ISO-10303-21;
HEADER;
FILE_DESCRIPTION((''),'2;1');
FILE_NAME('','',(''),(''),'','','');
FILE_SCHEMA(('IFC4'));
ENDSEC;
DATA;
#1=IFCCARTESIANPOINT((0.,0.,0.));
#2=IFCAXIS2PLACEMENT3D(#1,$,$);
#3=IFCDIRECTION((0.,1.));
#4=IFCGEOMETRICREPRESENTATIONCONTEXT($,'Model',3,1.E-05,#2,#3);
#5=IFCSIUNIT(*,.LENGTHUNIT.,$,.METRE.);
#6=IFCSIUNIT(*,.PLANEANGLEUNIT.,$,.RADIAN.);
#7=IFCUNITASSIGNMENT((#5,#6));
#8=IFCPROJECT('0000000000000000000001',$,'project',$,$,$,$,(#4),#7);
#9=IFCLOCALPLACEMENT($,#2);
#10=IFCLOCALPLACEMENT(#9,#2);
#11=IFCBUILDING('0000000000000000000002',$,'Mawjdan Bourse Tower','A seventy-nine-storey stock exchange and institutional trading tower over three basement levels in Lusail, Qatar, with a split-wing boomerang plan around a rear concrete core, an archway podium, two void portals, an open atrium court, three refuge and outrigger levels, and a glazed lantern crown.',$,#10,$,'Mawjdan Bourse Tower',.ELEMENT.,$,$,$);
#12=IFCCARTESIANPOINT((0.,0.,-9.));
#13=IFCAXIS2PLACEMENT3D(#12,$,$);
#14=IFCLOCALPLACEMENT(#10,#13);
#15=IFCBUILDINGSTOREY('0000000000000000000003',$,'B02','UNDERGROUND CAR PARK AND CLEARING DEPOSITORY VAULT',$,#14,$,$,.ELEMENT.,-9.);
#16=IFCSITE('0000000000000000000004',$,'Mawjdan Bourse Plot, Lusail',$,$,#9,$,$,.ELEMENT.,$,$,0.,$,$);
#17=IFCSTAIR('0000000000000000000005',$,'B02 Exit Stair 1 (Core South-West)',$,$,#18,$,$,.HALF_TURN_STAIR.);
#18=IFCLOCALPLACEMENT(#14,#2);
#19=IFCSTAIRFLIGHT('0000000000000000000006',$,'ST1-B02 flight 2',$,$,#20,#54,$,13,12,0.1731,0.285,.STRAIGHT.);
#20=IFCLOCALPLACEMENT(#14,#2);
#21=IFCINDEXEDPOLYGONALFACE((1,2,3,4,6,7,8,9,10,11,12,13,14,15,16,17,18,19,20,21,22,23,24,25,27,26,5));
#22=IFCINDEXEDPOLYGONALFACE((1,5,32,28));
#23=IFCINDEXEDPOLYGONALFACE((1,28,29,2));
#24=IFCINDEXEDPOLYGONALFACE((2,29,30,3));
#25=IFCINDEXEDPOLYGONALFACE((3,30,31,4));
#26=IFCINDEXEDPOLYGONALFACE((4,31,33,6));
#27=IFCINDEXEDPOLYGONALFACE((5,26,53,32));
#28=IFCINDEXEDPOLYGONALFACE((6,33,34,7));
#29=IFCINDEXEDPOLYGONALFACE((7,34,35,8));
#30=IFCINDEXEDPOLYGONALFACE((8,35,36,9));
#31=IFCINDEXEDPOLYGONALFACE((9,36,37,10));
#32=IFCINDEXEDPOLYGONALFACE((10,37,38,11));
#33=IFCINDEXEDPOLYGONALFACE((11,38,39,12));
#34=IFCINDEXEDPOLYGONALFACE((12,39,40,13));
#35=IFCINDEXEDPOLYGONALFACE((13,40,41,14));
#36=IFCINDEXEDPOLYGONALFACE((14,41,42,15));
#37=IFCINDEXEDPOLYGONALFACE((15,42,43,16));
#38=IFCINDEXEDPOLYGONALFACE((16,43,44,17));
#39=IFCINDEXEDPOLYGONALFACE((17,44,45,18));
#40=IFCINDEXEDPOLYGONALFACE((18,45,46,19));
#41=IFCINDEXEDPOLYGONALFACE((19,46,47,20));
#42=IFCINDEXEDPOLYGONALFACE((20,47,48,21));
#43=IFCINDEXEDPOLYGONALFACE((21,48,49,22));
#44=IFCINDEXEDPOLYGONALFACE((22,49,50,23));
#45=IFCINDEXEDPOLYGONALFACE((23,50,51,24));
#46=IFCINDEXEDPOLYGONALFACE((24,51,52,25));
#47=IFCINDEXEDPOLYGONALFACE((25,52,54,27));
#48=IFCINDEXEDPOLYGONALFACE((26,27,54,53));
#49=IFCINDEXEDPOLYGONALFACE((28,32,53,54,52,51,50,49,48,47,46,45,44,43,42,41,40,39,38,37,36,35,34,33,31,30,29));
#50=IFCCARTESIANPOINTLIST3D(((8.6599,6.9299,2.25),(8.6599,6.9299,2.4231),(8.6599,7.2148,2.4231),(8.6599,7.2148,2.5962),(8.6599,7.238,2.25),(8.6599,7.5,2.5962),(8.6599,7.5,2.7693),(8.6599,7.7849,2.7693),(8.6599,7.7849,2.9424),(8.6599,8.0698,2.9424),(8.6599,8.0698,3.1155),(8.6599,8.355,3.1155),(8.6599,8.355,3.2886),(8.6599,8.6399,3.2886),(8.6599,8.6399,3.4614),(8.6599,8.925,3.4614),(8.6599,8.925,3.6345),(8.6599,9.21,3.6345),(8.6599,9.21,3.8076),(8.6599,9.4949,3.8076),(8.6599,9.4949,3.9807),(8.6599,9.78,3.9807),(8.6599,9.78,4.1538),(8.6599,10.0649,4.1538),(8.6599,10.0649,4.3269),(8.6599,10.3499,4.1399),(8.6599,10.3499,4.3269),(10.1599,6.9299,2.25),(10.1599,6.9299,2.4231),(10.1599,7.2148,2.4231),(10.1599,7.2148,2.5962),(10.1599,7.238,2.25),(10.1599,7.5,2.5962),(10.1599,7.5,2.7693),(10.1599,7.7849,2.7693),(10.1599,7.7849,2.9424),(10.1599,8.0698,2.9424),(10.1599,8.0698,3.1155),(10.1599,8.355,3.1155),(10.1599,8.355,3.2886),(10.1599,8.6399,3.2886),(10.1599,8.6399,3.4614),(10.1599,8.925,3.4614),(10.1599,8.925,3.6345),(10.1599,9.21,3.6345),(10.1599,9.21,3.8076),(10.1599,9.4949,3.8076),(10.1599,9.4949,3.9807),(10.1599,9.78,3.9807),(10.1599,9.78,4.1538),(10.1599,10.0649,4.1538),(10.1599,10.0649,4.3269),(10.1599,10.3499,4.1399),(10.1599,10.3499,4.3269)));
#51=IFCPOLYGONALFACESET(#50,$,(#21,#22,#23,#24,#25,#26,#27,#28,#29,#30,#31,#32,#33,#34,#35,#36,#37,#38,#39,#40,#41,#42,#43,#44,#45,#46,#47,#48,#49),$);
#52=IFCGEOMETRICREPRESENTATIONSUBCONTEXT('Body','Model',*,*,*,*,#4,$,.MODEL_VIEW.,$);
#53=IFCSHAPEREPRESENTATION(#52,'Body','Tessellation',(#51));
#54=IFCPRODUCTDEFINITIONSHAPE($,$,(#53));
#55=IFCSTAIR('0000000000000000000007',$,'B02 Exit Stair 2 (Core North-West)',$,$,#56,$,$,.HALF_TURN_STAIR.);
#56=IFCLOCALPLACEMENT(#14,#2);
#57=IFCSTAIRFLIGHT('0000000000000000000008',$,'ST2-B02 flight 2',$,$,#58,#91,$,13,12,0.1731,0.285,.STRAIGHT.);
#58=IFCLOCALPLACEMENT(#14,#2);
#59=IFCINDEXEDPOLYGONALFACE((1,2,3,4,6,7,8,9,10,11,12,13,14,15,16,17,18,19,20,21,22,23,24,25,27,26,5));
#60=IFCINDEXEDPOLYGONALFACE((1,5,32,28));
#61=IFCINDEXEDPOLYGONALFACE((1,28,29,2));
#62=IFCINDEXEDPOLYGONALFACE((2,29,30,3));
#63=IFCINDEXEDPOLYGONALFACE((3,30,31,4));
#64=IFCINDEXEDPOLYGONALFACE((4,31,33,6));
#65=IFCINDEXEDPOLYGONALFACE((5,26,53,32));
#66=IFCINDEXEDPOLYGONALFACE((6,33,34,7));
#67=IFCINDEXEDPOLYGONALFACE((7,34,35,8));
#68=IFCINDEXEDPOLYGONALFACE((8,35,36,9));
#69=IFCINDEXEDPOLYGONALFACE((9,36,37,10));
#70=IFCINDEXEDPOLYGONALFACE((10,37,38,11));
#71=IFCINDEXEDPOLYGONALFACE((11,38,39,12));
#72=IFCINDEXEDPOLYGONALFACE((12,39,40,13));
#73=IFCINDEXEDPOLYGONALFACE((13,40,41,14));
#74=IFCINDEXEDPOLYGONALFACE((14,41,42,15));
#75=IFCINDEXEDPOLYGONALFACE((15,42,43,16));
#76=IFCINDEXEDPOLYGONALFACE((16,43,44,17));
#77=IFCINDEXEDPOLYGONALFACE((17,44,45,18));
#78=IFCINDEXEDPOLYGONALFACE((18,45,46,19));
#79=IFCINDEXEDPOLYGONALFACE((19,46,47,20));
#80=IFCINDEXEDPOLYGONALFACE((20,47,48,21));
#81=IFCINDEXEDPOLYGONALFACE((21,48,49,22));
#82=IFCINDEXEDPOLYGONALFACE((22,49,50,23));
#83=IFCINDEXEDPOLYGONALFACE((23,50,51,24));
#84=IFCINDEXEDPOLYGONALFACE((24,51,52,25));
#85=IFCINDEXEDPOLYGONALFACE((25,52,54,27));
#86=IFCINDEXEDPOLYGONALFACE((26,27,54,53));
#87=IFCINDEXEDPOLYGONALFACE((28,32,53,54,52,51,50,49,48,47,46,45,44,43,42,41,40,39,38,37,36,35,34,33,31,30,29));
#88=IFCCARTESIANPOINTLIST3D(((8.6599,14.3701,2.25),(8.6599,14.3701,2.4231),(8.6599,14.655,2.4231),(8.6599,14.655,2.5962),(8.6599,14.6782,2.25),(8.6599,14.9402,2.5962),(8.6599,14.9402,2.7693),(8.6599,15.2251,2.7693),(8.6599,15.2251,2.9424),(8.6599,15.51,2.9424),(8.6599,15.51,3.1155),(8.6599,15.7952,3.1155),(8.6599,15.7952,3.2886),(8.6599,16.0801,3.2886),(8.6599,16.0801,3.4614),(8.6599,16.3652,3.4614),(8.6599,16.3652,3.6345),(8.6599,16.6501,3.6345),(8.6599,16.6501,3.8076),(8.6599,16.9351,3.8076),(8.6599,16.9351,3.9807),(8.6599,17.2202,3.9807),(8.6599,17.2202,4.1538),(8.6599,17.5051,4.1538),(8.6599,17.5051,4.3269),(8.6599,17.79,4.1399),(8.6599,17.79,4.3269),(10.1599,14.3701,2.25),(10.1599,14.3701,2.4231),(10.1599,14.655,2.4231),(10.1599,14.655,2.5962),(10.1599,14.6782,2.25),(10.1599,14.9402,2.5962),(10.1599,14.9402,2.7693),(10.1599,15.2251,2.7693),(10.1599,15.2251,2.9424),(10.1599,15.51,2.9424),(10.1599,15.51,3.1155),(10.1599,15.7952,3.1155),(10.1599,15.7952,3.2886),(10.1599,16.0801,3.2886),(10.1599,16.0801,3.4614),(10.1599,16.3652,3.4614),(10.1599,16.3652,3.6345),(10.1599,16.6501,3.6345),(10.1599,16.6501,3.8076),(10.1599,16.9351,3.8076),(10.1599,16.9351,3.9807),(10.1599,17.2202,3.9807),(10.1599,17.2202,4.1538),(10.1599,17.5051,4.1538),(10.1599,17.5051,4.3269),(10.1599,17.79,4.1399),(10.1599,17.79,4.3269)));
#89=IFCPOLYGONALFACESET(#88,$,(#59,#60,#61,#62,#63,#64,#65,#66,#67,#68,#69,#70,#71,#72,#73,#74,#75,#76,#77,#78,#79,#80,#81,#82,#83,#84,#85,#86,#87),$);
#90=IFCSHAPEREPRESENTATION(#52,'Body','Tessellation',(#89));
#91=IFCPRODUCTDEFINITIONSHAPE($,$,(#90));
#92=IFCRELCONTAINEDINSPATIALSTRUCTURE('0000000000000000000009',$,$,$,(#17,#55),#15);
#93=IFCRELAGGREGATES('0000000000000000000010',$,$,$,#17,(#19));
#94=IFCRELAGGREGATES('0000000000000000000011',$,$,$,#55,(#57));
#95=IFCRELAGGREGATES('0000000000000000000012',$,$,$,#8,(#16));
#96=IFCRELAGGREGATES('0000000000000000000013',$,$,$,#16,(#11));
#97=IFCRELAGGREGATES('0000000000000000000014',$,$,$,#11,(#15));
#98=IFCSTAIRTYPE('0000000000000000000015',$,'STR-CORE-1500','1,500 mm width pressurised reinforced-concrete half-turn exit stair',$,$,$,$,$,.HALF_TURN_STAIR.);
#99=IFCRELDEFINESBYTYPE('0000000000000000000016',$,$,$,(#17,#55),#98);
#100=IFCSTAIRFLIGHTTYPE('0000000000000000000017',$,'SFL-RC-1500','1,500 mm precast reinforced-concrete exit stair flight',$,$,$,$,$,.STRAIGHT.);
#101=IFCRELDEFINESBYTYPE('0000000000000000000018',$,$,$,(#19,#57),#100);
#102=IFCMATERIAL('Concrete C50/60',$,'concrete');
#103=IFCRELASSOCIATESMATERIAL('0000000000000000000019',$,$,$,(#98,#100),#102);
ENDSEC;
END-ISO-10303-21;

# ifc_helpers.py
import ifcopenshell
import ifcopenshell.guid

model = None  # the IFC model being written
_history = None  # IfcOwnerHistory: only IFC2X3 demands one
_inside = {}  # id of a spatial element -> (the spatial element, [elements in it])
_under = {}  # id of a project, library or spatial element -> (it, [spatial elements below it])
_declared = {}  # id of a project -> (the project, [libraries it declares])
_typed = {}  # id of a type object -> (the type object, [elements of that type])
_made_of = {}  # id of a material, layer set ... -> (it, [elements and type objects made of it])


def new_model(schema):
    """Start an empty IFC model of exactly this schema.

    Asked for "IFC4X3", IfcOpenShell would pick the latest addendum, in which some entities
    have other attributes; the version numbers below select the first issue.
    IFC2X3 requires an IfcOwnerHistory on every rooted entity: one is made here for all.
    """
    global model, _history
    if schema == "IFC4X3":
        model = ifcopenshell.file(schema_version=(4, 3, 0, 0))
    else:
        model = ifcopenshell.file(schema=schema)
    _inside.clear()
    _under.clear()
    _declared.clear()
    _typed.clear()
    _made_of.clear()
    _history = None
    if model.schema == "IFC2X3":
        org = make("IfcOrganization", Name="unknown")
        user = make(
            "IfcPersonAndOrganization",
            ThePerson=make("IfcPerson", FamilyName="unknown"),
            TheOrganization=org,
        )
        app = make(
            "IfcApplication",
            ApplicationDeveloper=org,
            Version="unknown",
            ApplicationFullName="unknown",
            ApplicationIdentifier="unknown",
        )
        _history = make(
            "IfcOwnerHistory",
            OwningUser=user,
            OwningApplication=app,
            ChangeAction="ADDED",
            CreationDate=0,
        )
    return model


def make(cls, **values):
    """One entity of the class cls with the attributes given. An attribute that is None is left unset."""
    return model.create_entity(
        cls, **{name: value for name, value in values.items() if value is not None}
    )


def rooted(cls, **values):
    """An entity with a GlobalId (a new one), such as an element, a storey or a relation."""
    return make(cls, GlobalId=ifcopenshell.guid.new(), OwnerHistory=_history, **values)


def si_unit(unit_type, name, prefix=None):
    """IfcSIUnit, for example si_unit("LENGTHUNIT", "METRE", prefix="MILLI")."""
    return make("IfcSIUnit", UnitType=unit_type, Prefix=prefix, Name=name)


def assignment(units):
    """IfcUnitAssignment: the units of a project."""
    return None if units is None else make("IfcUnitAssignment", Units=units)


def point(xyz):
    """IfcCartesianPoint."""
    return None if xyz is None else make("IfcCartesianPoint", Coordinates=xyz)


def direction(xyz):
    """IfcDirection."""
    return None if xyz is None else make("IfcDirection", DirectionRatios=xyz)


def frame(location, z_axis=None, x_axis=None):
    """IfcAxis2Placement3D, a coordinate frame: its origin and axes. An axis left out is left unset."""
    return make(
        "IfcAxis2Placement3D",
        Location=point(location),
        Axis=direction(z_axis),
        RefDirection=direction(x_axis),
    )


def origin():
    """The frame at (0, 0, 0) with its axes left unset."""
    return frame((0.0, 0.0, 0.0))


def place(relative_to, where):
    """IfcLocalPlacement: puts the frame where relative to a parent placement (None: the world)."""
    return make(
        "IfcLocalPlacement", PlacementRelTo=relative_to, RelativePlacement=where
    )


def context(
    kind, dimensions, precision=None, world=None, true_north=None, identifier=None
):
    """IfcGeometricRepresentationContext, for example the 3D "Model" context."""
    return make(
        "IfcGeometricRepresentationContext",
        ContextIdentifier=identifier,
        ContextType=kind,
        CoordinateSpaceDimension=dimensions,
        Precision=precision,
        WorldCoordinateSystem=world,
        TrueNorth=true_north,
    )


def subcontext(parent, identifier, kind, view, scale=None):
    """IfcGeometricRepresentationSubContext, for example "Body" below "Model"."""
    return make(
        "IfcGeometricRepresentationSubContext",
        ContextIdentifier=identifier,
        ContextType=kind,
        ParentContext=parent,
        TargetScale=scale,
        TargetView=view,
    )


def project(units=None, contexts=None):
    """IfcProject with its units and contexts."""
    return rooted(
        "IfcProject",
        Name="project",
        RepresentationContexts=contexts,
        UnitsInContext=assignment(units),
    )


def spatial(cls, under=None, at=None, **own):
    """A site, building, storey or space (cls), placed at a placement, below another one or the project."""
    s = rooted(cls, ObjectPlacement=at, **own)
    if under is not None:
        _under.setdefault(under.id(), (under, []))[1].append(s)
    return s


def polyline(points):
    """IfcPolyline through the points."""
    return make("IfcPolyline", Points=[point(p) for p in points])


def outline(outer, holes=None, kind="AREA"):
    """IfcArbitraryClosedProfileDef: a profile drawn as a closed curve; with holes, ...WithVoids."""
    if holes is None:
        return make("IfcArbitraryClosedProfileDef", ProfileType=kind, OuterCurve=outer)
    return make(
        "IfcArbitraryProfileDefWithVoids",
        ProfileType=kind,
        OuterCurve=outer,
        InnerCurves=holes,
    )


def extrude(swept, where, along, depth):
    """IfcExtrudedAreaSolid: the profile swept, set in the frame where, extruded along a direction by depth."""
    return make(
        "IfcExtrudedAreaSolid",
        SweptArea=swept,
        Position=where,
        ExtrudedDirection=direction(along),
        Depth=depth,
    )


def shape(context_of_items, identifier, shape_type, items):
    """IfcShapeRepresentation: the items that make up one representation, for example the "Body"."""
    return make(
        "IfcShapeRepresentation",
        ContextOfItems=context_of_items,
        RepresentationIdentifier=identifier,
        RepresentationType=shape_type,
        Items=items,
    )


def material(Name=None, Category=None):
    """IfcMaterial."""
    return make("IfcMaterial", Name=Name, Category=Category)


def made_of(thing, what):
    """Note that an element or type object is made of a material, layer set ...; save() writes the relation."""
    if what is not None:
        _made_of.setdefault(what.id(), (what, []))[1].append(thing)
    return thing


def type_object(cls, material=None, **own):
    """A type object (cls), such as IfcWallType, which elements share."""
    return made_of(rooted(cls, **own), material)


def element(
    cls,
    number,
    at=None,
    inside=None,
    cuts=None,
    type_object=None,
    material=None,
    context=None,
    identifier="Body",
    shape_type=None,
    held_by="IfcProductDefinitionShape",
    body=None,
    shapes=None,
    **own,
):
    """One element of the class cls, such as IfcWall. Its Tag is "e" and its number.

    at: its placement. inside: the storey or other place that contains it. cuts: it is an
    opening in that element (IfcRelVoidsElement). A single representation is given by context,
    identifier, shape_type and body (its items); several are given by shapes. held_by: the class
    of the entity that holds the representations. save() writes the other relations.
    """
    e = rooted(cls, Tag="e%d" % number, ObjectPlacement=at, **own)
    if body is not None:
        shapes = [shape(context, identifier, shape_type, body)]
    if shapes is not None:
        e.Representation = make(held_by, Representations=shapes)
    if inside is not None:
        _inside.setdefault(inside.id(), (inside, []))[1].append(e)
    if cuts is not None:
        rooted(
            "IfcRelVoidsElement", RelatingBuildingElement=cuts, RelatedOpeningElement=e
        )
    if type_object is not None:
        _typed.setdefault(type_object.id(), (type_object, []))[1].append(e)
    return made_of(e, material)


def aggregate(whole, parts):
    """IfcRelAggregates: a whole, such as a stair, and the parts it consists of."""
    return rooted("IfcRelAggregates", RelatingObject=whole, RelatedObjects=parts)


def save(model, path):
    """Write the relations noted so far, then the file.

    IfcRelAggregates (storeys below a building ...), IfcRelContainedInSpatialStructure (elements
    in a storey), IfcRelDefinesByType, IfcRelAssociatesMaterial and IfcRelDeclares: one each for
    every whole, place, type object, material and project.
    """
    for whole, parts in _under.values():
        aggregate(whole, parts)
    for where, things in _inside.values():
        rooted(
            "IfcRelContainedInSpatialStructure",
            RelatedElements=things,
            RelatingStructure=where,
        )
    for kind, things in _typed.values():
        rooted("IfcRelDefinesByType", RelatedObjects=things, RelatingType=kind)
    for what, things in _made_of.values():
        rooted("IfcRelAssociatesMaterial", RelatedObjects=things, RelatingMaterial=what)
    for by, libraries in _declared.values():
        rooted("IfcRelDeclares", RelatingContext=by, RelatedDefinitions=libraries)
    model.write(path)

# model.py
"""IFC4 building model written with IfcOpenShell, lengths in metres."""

from ifc_helpers import new_model, si_unit, direction, frame, origin, place, context, subcontext, project, spatial, polyline, outline, extrude, material, type_object, element, aggregate, save


model = new_model("IFC4")

# Units and contexts
model_context = context("Model", 3, precision=1e-05, world=origin(), true_north=direction((0.0, 1.0)))
body_context = subcontext(model_context, "Body", "Model", "MODEL_VIEW")
ifc_project = project(units=[si_unit("LENGTHUNIT", "METRE"), si_unit("PLANEANGLEUNIT", "RADIAN")], contexts=[model_context])

# Site, building, storey
site_placement = place(None, origin())
site = spatial("IfcSite", under=ifc_project, at=site_placement, Name="Mawjdan Bourse Plot, Lusail", CompositionType="ELEMENT", RefElevation=0.0)
building_placement = place(site_placement, origin())
building = spatial("IfcBuilding", under=site, at=building_placement, Name="Mawjdan Bourse Tower", Description="A seventy-nine-storey stock exchange and institutional trading tower over three basement levels in Lusail, Qatar, with a split-wing boomerang plan around a rear concrete core, an archway podium, two void portals, an open atrium court, three refuge and outrigger levels, and a glazed lantern crown.", LongName="Mawjdan Bourse Tower", CompositionType="ELEMENT")
storey_placement = place(building_placement, frame((0.0, 0.0, -9.0)))
storey = spatial("IfcBuildingStorey", under=building, at=storey_placement, Name="B02", Description="UNDERGROUND CAR PARK AND CLEARING DEPOSITORY VAULT", CompositionType="ELEMENT", Elevation=-9.0)

# Shared definitions
ifc_material_1 = material(Name="Concrete C50/60", Category="concrete")

# Stairs, stair flights
stair_type = type_object("IfcStairType", Name="STR-CORE-1500", Description="1,500 mm width pressurised reinforced-concrete half-turn exit stair", PredefinedType="HALF_TURN_STAIR", material=ifc_material_1)
stair_1_placement = place(storey_placement, origin())
stair_1 = element("IfcStair", 1, at=stair_1_placement, inside=storey, type_object=stair_type, Name="B02 Exit Stair 1 (Core South-West)", PredefinedType="HALF_TURN_STAIR")
stair_flight_type = type_object("IfcStairFlightType", Name="SFL-RC-1500", Description="1,500 mm precast reinforced-concrete exit stair flight", PredefinedType="STRAIGHT", material=ifc_material_1)
stair_flight_1_placement = place(storey_placement, frame((9.4099, 6.9299, 2.25), z_axis=(0.0, 0.0, 1.0), x_axis=(0.0, 1.0, 0.0)))
stair_flight_1 = element("IfcStairFlight", 2, at=stair_flight_1_placement, type_object=stair_flight_type, Name="ST1-B02 flight 2", NumberOfRisers=13, NumberOfTreads=12, PredefinedType="STRAIGHT", RiserHeight=0.1731, TreadLength=0.285, context=body_context, shape_type="SweptSolid", body=[
    extrude(outline(polyline([(0.0, 0.0), (0.0, 0.1731), (0.2849, 0.1731), (0.2849, 0.3462), (0.5701, 0.3462), (0.5701, 0.5193), (0.855, 0.5193), (0.855, 0.6924), (1.1399, 0.6924), (1.1399, 0.8655), (1.425, 0.8655), (1.425, 1.0386), (1.71, 1.0386), (1.71, 1.2114), (1.9951, 1.2114), (1.9951, 1.3845), (2.28, 1.3845), (2.28, 1.5576), (2.5649, 1.5576), (2.5649, 1.7307), (2.8501, 1.7307), (2.8501, 1.9038), (3.135, 1.9038), (3.135, 2.0769), (3.4199, 2.0769), (3.4199, 2.25), (3.4199, 1.8899), (0.3081, 0.0), (0.0, 0.0)])), frame((0.0, 0.75, 0.0), z_axis=(0.0, -1.0, 0.0), x_axis=(1.0, 0.0, 0.0)), (0.0, 0.0, 1.0), 1.5),
])
aggregate(stair_1, [stair_flight_1])
stair_2_placement = place(storey_placement, origin())
stair_2 = element("IfcStair", 3, at=stair_2_placement, inside=storey, type_object=stair_type, Name="B02 Exit Stair 2 (Core North-West)", PredefinedType="HALF_TURN_STAIR")
stair_flight_2_placement = place(storey_placement, frame((9.4099, 14.3701, 2.25), z_axis=(0.0, 0.0, 1.0), x_axis=(0.0, 1.0, 0.0)))
stair_flight_2 = element("IfcStairFlight", 4, at=stair_flight_2_placement, type_object=stair_flight_type, Name="ST2-B02 flight 2", NumberOfRisers=13, NumberOfTreads=12, PredefinedType="STRAIGHT", RiserHeight=0.1731, TreadLength=0.285, context=body_context, shape_type="SweptSolid", body=[
    extrude(outline(polyline([(0.0, 0.0), (0.0, 0.1731), (0.2849, 0.1731), (0.2849, 0.3462), (0.5701, 0.3462), (0.5701, 0.5193), (0.855, 0.5193), (0.855, 0.6924), (1.1399, 0.6924), (1.1399, 0.8655), (1.425, 0.8655), (1.425, 1.0386), (1.71, 1.0386), (1.71, 1.2114), (1.9951, 1.2114), (1.9951, 1.3845), (2.28, 1.3845), (2.28, 1.5576), (2.5649, 1.5576), (2.5649, 1.7307), (2.8501, 1.7307), (2.8501, 1.9038), (3.135, 1.9038), (3.135, 2.0769), (3.4199, 2.0769), (3.4199, 2.25), (3.4199, 1.8899), (0.3081, 0.0), (0.0, 0.0)])), frame((0.0, 0.75, 0.0), z_axis=(0.0, -1.0, 0.0), x_axis=(1.0, 0.0, 0.0)), (0.0, 0.0, 1.0), 1.5),
])
aggregate(stair_2, [stair_flight_2])

save(model, "model.ifc")
